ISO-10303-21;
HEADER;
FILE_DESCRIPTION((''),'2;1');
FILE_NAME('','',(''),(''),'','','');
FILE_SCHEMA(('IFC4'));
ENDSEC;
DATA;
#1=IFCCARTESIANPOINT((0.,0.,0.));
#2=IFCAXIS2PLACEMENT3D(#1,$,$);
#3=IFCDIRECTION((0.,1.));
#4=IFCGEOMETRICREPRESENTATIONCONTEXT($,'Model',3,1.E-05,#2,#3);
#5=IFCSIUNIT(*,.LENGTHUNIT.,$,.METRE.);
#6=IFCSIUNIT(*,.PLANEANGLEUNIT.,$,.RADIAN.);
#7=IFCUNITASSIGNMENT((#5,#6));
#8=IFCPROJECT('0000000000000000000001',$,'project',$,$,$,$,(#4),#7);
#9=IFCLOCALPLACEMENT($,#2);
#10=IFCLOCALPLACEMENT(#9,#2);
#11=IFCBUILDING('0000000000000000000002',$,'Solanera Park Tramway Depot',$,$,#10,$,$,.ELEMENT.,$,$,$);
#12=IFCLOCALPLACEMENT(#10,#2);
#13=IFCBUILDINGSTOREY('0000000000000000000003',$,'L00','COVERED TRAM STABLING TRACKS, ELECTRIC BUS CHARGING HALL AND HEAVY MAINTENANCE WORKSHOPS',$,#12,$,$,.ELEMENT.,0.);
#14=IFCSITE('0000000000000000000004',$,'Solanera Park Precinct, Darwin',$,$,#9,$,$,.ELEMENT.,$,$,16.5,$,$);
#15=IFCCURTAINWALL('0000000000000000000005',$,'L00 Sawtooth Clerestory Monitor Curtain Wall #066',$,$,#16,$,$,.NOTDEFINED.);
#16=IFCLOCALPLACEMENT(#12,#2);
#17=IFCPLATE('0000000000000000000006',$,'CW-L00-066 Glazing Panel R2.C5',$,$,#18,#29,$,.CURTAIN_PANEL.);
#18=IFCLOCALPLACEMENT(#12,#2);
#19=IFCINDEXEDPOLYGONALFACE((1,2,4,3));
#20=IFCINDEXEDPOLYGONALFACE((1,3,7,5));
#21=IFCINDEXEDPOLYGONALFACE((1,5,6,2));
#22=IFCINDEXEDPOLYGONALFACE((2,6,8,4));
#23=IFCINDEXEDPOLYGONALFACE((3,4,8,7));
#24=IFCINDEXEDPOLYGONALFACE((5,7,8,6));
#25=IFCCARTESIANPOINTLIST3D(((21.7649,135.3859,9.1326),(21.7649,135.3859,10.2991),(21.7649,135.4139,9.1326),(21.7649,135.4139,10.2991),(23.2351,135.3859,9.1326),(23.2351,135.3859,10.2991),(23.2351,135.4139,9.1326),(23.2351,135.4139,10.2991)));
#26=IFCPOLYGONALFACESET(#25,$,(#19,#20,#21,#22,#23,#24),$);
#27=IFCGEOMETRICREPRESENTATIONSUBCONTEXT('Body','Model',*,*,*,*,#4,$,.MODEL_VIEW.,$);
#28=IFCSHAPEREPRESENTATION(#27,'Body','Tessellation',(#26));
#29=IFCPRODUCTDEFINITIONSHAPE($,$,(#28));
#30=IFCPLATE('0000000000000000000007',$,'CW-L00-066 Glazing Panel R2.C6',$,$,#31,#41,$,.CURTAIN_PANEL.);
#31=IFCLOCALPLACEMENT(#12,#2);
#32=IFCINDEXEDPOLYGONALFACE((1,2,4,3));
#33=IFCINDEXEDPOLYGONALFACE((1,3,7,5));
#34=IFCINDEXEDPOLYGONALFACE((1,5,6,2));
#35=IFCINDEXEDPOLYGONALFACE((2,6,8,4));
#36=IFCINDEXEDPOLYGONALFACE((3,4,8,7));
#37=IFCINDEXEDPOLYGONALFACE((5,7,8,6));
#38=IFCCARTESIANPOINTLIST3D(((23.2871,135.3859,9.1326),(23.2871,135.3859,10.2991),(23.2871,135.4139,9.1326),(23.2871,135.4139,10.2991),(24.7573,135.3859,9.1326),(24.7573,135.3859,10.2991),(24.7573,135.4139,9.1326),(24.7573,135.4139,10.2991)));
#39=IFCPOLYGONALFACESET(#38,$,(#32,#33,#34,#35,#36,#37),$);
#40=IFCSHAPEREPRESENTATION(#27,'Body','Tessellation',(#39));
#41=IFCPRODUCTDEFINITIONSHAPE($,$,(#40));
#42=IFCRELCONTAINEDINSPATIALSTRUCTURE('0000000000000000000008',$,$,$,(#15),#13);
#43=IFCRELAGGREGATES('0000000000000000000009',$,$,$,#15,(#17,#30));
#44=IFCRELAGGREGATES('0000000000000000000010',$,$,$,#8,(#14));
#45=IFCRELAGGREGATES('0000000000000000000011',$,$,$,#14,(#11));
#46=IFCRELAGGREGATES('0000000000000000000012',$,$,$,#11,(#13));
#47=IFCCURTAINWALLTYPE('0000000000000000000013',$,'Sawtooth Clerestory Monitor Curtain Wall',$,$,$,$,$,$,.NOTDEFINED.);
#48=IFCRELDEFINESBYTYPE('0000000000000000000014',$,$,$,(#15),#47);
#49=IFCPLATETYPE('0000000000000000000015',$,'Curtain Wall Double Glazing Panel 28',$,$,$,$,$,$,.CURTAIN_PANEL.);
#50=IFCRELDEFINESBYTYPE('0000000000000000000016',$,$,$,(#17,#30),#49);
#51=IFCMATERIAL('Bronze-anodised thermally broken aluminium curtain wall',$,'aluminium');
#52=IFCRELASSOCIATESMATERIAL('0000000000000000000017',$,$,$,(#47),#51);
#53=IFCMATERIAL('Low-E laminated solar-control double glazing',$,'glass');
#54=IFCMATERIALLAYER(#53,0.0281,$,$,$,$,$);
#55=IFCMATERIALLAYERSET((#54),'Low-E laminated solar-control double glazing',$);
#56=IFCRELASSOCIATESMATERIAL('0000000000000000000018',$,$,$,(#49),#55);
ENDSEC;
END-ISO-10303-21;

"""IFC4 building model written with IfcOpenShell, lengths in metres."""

from ifc_helpers import new_model, si_unit, direction, frame, origin, origin_2d, place, context, subcontext, project, spatial, rectangle, extrude, material, layer, layer_set, type_object, element, aggregate, save


model = new_model("IFC4")

# Units and contexts
model_context = context("Model", 3, precision=1e-05, world=origin(), true_north=direction((0.0, 1.0)))
body_context = subcontext(model_context, "Body", "Model", "MODEL_VIEW")
ifc_project = project(units=[si_unit("LENGTHUNIT", "METRE"), si_unit("PLANEANGLEUNIT", "RADIAN")], contexts=[model_context])

# Site, building, storey
site_placement = place(None, origin())
site = spatial("IfcSite", under=ifc_project, at=site_placement, Name="Solanera Park Precinct, Darwin", CompositionType="ELEMENT", RefElevation=16.5)
building_placement = place(site_placement, origin())
building = spatial("IfcBuilding", under=site, at=building_placement, Name="Solanera Park Tramway Depot", CompositionType="ELEMENT")
storey_placement = place(building_placement, origin())
storey = spatial("IfcBuildingStorey", under=building, at=storey_placement, Name="L00", Description="COVERED TRAM STABLING TRACKS, ELECTRIC BUS CHARGING HALL AND HEAVY MAINTENANCE WORKSHOPS", CompositionType="ELEMENT", Elevation=0.0)

# Shared definitions
ifc_material_1 = material(Name="Bronze-anodised thermally broken aluminium curtain wall", Category="aluminium")
curtain_wall_type = type_object("IfcCurtainWallType", Name="Sawtooth Clerestory Monitor Curtain Wall", PredefinedType="NOTDEFINED", material=ifc_material_1)

# Curtain wall
curtain_wall_1_placement = place(storey_placement, origin())
curtain_wall_1 = element("IfcCurtainWall", 1, at=curtain_wall_1_placement, inside=storey, type_object=curtain_wall_type, Name="L00 Sawtooth Clerestory Monitor Curtain Wall #066", PredefinedType="NOTDEFINED")

# Plates
ifc_material_2 = material(Name="Low-E laminated solar-control double glazing", Category="glass")
ifc_layer = layer(ifc_material_2, 0.0281)
ifc_layer_set = layer_set([ifc_layer], Name="Low-E laminated solar-control double glazing")
plate_type = type_object("IfcPlateType", Name="Curtain Wall Double Glazing Panel 28", PredefinedType="CURTAIN_PANEL", material=ifc_layer_set)
plate_1_placement = place(storey_placement, frame((22.5, 135.3999, 9.1326), z_axis=(0.0, 0.0, 1.0), x_axis=(1.0, 0.0, 0.0)))
plate_1 = element("IfcPlate", 2, at=plate_1_placement, type_object=plate_type, Name="CW-L00-066 Glazing Panel R2.C5", PredefinedType="CURTAIN_PANEL", context=body_context, shape_type="SweptSolid", body=[
    extrude(rectangle(XDim=1.4702, YDim=0.0281, at=origin_2d()), origin(), (0.0, 0.0, 1.0), 1.1665),
])
plate_2_placement = place(storey_placement, frame((24.0222, 135.3999, 9.1326), z_axis=(0.0, 0.0, 1.0), x_axis=(1.0, 0.0, 0.0)))
plate_2 = element("IfcPlate", 3, at=plate_2_placement, type_object=plate_type, Name="CW-L00-066 Glazing Panel R2.C6", PredefinedType="CURTAIN_PANEL", context=body_context, shape_type="SweptSolid", body=[
    extrude(rectangle(XDim=1.4702, YDim=0.0281, at=origin_2d()), origin(), (0.0, 0.0, 1.0), 1.1665),
])
aggregate(curtain_wall_1, [plate_1, plate_2])

save(model, "model.ifc")
